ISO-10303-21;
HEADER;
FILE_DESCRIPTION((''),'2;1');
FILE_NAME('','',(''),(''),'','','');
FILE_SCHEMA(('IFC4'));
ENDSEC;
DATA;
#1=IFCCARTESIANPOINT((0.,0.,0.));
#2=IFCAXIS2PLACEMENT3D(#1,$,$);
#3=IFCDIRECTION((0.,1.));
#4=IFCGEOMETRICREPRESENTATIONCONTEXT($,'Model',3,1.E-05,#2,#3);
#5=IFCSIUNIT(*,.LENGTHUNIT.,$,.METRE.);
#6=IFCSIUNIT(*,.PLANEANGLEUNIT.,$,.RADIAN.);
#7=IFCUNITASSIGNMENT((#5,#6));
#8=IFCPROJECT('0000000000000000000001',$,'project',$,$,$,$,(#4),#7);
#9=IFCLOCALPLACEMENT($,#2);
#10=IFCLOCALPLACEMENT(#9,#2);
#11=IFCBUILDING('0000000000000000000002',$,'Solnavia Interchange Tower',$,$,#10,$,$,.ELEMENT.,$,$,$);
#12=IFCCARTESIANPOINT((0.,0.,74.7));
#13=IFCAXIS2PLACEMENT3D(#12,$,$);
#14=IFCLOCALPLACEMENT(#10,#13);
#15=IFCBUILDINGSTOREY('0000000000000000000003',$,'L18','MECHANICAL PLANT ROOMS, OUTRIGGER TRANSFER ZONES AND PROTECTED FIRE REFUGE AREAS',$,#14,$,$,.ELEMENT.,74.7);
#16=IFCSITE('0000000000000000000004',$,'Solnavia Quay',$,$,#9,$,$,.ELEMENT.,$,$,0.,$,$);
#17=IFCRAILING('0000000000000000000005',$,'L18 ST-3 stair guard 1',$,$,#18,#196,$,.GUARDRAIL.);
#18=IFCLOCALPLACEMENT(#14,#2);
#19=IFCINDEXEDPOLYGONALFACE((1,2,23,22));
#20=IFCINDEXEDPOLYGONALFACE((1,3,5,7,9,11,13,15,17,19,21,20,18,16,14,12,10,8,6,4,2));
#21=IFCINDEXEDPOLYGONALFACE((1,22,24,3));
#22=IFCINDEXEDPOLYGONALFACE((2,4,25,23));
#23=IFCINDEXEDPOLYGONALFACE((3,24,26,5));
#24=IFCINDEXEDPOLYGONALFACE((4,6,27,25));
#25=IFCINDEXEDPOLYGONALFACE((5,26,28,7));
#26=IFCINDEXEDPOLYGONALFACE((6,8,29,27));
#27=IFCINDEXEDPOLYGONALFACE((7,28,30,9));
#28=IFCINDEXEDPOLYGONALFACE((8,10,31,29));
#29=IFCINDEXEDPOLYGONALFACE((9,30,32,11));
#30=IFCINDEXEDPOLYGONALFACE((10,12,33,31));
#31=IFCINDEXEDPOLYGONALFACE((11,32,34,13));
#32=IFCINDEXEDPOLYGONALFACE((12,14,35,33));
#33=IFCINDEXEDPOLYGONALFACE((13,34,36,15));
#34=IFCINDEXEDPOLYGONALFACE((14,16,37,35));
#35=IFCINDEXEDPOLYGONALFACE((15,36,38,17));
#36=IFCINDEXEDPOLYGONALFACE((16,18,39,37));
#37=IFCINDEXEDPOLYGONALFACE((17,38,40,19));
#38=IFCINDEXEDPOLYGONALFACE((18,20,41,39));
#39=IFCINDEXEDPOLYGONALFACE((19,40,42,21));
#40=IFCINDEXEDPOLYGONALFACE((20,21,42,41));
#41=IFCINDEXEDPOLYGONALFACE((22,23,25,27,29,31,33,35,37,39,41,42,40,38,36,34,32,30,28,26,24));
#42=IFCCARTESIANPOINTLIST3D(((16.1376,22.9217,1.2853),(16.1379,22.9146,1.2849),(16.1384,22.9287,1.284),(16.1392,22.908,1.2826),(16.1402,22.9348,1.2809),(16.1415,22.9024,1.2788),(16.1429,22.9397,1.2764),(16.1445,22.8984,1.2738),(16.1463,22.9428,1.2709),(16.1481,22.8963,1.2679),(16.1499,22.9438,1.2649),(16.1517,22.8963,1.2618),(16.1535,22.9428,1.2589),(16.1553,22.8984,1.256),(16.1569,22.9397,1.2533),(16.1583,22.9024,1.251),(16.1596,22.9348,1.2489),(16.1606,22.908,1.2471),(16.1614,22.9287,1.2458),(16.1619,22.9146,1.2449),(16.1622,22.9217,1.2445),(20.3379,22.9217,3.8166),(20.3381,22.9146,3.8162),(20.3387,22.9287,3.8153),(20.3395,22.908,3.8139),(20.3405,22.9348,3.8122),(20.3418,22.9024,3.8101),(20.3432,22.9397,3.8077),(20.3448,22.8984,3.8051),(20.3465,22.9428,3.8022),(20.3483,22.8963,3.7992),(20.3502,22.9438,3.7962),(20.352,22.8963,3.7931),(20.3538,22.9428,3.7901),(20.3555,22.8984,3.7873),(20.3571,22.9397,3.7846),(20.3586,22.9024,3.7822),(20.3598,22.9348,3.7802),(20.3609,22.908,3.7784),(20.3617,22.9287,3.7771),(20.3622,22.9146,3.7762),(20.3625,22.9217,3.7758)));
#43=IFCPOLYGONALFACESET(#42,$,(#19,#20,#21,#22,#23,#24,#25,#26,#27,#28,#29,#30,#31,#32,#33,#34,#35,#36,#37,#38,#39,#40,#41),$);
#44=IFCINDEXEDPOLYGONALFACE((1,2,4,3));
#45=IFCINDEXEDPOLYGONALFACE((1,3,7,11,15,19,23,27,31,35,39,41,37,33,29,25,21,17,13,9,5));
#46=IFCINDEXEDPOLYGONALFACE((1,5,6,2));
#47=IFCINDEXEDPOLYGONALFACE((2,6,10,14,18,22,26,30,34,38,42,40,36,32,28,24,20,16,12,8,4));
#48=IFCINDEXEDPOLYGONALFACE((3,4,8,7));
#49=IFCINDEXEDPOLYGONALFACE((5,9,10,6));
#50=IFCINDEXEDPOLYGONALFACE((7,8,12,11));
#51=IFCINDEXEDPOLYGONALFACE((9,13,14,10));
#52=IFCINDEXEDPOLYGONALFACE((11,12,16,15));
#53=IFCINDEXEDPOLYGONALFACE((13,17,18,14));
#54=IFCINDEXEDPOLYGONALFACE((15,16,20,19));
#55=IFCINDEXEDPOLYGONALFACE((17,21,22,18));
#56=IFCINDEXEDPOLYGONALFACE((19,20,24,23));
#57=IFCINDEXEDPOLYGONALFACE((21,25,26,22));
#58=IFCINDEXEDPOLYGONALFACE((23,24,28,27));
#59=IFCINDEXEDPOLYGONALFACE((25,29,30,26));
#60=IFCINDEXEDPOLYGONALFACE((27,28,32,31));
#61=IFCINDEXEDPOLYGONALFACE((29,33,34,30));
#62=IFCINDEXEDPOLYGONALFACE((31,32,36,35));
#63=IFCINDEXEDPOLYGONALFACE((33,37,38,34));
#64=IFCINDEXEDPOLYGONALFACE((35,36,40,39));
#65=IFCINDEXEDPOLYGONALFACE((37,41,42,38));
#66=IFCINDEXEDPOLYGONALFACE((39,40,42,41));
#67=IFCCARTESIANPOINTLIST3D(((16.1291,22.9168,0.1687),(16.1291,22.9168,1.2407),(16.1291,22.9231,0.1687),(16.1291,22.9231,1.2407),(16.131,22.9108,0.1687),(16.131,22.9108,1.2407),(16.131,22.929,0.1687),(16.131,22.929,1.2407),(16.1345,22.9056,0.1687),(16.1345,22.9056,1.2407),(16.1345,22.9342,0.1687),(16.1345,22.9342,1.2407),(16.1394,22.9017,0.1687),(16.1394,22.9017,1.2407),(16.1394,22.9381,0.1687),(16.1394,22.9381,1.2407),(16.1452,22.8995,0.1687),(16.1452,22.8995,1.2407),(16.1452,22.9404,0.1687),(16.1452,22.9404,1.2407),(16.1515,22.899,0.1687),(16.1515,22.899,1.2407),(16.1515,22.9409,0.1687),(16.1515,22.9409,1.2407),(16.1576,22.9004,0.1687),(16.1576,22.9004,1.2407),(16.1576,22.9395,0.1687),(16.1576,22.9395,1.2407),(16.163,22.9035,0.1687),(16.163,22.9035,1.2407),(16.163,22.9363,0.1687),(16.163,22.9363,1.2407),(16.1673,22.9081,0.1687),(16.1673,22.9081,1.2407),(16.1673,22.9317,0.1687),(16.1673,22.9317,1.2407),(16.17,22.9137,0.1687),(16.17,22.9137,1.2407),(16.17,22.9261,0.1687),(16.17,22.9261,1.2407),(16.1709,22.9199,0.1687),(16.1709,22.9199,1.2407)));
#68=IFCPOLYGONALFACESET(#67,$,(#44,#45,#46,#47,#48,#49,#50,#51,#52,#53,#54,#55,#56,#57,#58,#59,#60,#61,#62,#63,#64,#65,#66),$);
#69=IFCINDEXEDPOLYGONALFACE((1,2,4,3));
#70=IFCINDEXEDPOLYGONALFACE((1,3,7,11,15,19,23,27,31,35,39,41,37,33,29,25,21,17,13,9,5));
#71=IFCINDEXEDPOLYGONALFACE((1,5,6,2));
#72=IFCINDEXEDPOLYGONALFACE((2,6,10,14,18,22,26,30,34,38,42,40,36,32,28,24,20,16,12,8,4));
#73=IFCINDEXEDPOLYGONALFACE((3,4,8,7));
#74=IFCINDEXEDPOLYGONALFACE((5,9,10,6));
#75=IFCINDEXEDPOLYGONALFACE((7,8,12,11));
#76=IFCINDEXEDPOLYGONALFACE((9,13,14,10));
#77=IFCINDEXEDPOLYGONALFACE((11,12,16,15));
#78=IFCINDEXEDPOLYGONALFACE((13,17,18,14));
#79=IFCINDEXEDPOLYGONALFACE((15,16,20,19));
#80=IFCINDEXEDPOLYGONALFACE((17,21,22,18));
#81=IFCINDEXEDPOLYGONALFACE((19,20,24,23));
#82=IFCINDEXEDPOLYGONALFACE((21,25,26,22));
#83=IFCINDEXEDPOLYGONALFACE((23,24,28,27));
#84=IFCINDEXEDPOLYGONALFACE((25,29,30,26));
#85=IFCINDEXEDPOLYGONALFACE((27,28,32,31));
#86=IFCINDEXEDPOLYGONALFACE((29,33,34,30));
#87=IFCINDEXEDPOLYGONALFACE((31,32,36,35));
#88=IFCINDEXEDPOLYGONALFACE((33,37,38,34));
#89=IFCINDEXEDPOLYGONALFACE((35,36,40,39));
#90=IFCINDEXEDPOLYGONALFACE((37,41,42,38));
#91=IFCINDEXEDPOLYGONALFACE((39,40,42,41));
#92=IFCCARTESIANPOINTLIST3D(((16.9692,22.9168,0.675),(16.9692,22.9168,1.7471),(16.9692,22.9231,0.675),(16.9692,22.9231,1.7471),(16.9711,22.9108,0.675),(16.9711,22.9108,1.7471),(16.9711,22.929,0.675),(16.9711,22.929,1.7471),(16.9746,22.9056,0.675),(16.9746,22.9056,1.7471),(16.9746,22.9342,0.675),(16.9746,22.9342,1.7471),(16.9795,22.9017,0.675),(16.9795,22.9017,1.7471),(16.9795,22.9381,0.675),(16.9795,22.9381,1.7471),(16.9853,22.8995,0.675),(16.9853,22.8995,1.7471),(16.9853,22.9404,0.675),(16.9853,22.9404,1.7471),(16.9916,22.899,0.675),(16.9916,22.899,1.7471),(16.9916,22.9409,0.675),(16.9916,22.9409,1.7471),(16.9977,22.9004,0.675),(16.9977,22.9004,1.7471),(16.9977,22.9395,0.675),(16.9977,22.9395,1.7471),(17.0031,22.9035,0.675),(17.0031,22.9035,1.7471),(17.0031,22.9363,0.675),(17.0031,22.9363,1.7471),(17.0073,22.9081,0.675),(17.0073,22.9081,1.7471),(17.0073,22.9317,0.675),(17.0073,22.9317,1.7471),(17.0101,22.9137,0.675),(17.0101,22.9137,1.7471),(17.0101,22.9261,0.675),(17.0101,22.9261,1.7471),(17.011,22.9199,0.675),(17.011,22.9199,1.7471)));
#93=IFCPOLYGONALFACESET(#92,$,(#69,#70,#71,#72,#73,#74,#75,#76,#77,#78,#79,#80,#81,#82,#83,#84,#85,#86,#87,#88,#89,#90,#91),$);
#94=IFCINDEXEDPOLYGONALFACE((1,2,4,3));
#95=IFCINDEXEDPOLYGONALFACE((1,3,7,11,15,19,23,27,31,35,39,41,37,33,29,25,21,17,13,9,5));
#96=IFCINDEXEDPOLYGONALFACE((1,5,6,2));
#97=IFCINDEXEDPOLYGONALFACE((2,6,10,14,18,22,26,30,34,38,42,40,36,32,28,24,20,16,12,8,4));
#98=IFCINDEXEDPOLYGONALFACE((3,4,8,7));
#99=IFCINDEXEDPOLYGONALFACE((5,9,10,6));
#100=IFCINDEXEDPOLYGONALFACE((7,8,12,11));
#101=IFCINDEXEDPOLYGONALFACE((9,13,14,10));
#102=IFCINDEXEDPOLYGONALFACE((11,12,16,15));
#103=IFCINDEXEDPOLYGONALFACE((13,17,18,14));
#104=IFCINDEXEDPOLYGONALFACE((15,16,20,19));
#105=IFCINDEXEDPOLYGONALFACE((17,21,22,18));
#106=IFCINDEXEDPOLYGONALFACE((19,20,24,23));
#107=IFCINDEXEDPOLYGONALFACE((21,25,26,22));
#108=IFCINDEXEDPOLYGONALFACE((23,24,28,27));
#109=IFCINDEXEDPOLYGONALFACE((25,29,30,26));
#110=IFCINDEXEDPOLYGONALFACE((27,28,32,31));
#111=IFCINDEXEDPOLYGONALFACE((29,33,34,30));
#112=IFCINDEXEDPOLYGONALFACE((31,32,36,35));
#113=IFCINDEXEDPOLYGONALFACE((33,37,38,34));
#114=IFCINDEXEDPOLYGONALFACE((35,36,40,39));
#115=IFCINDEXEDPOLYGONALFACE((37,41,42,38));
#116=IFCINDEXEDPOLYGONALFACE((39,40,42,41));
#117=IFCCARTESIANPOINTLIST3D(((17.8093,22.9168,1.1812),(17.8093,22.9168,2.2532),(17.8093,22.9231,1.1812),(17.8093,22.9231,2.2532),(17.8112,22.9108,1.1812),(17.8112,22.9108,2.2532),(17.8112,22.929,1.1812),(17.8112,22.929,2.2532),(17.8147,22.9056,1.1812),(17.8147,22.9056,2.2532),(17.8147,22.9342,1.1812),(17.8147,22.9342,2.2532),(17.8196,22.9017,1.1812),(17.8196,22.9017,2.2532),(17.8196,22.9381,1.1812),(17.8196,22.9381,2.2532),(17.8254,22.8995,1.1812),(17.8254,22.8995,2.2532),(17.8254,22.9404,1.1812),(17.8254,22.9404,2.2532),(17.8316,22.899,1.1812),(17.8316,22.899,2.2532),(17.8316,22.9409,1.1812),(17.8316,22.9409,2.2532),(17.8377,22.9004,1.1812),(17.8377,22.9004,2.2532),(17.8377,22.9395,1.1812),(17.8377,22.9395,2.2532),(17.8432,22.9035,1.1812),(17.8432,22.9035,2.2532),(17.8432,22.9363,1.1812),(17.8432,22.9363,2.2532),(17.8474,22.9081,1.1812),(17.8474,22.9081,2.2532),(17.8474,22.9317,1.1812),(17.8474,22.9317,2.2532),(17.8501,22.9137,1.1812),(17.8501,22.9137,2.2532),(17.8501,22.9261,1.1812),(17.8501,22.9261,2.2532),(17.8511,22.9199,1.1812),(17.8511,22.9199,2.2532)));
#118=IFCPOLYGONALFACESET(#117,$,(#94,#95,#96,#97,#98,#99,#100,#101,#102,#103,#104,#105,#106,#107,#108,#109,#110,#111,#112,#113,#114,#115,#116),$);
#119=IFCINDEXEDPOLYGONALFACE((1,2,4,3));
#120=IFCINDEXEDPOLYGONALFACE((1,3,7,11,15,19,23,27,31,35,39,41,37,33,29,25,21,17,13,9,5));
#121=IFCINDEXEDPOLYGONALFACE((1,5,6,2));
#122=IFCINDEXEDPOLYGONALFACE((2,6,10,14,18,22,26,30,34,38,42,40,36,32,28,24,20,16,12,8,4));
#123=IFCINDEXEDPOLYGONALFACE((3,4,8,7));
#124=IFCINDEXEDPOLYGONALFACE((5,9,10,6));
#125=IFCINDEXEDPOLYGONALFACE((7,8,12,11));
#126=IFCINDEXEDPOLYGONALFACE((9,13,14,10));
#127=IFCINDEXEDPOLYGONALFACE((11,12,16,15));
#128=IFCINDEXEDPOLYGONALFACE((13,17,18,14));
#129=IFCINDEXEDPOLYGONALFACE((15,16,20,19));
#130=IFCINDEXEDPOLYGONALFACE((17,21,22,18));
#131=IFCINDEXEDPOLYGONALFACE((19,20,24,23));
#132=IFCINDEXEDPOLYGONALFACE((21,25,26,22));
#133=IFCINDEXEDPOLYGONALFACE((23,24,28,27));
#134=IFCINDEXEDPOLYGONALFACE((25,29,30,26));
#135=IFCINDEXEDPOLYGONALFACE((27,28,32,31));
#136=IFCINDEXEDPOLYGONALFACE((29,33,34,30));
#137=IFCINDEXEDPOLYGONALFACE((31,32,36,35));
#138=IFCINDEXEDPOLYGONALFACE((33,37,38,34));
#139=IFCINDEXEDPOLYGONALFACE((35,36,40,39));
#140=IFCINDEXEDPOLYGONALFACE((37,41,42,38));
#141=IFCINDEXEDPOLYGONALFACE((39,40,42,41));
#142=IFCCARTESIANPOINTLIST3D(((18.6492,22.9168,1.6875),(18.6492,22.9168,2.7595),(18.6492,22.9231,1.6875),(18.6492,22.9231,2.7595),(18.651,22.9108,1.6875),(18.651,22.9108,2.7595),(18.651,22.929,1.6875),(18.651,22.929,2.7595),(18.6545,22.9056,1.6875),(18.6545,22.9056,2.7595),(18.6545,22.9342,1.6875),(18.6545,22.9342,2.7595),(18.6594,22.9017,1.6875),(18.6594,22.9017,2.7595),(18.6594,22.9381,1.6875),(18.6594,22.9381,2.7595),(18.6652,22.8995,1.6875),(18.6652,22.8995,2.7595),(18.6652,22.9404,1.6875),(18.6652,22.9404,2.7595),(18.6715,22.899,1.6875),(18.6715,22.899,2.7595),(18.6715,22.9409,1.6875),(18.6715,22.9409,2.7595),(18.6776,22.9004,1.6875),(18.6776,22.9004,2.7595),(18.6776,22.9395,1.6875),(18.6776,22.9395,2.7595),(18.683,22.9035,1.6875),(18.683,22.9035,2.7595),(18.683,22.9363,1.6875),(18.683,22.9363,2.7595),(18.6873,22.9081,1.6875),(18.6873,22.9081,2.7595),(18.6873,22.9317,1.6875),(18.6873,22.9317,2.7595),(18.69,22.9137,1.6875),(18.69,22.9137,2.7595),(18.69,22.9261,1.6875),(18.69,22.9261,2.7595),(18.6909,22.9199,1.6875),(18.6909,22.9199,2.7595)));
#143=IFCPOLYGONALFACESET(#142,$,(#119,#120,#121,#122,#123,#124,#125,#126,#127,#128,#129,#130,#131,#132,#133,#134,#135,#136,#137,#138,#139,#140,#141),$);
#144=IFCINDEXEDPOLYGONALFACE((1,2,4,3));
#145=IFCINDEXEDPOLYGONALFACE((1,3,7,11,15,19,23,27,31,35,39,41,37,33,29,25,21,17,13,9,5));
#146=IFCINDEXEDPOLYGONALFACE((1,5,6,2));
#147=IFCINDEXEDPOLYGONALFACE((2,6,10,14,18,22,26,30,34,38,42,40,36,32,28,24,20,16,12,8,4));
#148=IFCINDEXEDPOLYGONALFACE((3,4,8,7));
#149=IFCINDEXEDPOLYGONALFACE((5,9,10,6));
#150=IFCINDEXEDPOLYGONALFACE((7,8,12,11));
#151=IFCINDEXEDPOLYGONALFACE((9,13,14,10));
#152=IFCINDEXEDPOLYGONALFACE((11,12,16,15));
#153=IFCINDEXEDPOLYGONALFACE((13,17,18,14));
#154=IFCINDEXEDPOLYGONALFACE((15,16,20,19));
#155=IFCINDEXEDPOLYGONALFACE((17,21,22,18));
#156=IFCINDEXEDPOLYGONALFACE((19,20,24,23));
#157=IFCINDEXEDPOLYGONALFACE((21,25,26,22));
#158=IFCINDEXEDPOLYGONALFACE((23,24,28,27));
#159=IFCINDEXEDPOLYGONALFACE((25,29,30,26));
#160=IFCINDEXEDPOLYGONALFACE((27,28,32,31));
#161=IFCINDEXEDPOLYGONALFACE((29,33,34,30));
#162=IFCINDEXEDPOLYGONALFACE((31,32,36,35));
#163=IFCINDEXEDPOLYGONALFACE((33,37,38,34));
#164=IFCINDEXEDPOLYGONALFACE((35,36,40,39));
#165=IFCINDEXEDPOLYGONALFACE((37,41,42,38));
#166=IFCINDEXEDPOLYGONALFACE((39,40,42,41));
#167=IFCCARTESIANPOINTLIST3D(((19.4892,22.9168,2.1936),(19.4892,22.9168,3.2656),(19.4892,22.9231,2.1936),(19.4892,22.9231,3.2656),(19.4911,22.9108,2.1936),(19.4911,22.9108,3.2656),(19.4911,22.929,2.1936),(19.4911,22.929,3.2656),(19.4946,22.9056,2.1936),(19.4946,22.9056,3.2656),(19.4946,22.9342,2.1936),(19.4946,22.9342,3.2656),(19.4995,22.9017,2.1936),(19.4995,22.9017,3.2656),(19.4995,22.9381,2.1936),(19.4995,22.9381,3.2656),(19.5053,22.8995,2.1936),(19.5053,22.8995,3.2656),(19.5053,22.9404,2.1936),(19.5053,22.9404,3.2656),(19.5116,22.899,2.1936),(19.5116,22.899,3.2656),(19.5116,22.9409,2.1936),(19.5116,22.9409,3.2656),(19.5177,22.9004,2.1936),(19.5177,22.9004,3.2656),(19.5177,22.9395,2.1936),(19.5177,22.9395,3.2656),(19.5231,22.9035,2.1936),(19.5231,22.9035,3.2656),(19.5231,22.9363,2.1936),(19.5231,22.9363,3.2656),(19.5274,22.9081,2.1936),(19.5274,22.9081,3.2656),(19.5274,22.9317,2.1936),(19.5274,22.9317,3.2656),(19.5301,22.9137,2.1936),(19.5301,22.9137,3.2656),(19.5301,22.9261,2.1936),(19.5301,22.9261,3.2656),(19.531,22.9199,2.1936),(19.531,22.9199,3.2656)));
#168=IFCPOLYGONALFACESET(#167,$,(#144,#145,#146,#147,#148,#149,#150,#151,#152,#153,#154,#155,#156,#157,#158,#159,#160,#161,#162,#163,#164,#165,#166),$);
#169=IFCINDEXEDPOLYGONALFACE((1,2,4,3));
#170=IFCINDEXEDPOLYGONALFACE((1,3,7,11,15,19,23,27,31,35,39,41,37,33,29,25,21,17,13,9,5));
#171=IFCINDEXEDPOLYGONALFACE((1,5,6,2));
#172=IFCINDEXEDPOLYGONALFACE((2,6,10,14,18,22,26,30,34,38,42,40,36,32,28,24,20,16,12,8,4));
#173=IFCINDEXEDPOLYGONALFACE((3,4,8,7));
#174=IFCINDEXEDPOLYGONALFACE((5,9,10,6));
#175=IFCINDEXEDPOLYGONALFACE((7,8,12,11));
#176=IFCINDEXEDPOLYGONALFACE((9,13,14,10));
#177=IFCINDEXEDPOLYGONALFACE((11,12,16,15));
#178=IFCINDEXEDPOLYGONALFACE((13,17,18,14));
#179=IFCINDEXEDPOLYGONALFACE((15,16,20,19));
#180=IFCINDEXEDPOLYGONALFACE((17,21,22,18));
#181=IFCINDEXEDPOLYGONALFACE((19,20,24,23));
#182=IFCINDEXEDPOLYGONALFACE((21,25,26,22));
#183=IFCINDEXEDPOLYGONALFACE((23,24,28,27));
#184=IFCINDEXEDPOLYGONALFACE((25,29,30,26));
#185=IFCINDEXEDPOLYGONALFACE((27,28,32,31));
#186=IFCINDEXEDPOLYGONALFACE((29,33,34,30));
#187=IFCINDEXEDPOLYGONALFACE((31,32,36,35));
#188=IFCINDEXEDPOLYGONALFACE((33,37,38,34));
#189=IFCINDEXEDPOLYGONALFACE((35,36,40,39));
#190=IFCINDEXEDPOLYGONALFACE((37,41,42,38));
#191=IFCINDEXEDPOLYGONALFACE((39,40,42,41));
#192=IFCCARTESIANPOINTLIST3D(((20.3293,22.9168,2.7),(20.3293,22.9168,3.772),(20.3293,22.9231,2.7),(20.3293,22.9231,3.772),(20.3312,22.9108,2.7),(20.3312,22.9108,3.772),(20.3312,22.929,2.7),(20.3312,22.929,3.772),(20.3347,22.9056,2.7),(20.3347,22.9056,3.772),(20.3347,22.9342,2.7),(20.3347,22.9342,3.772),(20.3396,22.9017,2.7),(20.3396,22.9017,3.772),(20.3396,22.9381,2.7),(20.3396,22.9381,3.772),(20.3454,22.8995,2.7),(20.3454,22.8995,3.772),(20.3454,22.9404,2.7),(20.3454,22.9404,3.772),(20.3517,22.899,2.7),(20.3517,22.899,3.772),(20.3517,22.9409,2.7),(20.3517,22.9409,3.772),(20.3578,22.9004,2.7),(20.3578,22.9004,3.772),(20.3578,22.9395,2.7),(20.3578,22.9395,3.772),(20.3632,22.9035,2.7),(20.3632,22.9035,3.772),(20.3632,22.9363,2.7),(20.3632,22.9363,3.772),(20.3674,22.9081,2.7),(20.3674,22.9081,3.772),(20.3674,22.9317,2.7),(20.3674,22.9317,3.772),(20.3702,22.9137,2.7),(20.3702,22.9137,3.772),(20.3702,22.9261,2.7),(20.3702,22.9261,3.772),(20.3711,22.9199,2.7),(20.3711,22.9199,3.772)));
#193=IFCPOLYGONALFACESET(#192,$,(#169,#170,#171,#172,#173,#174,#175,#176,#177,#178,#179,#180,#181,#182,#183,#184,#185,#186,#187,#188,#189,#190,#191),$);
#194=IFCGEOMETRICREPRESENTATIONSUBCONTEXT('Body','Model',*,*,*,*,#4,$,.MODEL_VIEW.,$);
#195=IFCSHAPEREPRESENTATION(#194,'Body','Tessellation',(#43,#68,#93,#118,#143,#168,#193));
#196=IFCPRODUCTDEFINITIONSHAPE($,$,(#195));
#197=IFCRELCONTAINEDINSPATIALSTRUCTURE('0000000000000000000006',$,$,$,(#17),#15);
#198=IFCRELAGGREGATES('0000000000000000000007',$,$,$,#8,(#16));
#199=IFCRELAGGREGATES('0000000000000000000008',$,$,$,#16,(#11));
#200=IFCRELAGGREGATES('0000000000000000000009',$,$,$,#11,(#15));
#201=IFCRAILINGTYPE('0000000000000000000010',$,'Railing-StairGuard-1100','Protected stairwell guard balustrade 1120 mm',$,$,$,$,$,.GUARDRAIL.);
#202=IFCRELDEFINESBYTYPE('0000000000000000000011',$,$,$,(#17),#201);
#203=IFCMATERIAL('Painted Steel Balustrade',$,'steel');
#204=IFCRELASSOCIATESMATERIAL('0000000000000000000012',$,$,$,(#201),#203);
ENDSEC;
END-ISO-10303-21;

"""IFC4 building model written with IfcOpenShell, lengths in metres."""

from ifc_helpers import new_model, si_unit, direction, frame, origin, origin_2d, place, context, subcontext, project, spatial, circle, extrude, material, type_object, element, save


model = new_model("IFC4")

# Units and contexts
model_context = context("Model", 3, precision=1e-05, world=origin(), true_north=direction((0.0, 1.0)))
body_context = subcontext(model_context, "Body", "Model", "MODEL_VIEW")
ifc_project = project(units=[si_unit("LENGTHUNIT", "METRE"), si_unit("PLANEANGLEUNIT", "RADIAN")], contexts=[model_context])

# Site, building, storey
site_placement = place(None, origin())
site = spatial("IfcSite", under=ifc_project, at=site_placement, Name="Solnavia Quay", CompositionType="ELEMENT", RefElevation=0.0)
building_placement = place(site_placement, origin())
building = spatial("IfcBuilding", under=site, at=building_placement, Name="Solnavia Interchange Tower", CompositionType="ELEMENT")
storey_placement = place(building_placement, frame((0.0, 0.0, 74.7)))
storey = spatial("IfcBuildingStorey", under=building, at=storey_placement, Name="L18", Description="MECHANICAL PLANT ROOMS, OUTRIGGER TRANSFER ZONES AND PROTECTED FIRE REFUGE AREAS", CompositionType="ELEMENT", Elevation=74.7)

# Railing
ifc_material_1 = material(Name="Painted Steel Balustrade", Category="steel")
railing_type_1 = type_object("IfcRailingType", Name="Railing-StairGuard-1100", Description="Protected stairwell guard balustrade 1120 mm", PredefinedType="GUARDRAIL", material=ifc_material_1)
railing_1_placement = place(storey_placement, frame((16.1499, 22.9199, 0.1687)))
element("IfcRailing", 1, at=railing_1_placement, inside=storey, type_object=railing_type_1, Name="L18 ST-3 stair guard 1", PredefinedType="GUARDRAIL", context=body_context, shape_type="SweptSolid", body=[
    extrude(circle(Radius=0.0239, at=origin_2d()), frame((0.0, 0.0, 1.0962), z_axis=(0.85649, 0.0, 0.516164), x_axis=(0.0, 1.0, 0.0)), (0.0, 0.0, 1.0), 4.9041),
    extrude(circle(Radius=0.021, at=origin_2d()), origin(), (0.0, 0.0, 1.0), 1.072),
    extrude(circle(Radius=0.021, at=origin_2d()), frame((0.8401, 0.0, 0.5063)), (0.0, 0.0, 1.0), 1.072),
    extrude(circle(Radius=0.021, at=origin_2d()), frame((1.6802, 0.0, 1.0125)), (0.0, 0.0, 1.0), 1.072),
    extrude(circle(Radius=0.021, at=origin_2d()), frame((2.52, 0.0, 1.5188)), (0.0, 0.0, 1.0), 1.072),
    extrude(circle(Radius=0.021, at=origin_2d()), frame((3.3601, 0.0, 2.0249)), (0.0, 0.0, 1.0), 1.072),
    extrude(circle(Radius=0.021, at=origin_2d()), frame((4.2002, 0.0, 2.5312)), (0.0, 0.0, 1.0), 1.072),
])

save(model, "model.ifc")
